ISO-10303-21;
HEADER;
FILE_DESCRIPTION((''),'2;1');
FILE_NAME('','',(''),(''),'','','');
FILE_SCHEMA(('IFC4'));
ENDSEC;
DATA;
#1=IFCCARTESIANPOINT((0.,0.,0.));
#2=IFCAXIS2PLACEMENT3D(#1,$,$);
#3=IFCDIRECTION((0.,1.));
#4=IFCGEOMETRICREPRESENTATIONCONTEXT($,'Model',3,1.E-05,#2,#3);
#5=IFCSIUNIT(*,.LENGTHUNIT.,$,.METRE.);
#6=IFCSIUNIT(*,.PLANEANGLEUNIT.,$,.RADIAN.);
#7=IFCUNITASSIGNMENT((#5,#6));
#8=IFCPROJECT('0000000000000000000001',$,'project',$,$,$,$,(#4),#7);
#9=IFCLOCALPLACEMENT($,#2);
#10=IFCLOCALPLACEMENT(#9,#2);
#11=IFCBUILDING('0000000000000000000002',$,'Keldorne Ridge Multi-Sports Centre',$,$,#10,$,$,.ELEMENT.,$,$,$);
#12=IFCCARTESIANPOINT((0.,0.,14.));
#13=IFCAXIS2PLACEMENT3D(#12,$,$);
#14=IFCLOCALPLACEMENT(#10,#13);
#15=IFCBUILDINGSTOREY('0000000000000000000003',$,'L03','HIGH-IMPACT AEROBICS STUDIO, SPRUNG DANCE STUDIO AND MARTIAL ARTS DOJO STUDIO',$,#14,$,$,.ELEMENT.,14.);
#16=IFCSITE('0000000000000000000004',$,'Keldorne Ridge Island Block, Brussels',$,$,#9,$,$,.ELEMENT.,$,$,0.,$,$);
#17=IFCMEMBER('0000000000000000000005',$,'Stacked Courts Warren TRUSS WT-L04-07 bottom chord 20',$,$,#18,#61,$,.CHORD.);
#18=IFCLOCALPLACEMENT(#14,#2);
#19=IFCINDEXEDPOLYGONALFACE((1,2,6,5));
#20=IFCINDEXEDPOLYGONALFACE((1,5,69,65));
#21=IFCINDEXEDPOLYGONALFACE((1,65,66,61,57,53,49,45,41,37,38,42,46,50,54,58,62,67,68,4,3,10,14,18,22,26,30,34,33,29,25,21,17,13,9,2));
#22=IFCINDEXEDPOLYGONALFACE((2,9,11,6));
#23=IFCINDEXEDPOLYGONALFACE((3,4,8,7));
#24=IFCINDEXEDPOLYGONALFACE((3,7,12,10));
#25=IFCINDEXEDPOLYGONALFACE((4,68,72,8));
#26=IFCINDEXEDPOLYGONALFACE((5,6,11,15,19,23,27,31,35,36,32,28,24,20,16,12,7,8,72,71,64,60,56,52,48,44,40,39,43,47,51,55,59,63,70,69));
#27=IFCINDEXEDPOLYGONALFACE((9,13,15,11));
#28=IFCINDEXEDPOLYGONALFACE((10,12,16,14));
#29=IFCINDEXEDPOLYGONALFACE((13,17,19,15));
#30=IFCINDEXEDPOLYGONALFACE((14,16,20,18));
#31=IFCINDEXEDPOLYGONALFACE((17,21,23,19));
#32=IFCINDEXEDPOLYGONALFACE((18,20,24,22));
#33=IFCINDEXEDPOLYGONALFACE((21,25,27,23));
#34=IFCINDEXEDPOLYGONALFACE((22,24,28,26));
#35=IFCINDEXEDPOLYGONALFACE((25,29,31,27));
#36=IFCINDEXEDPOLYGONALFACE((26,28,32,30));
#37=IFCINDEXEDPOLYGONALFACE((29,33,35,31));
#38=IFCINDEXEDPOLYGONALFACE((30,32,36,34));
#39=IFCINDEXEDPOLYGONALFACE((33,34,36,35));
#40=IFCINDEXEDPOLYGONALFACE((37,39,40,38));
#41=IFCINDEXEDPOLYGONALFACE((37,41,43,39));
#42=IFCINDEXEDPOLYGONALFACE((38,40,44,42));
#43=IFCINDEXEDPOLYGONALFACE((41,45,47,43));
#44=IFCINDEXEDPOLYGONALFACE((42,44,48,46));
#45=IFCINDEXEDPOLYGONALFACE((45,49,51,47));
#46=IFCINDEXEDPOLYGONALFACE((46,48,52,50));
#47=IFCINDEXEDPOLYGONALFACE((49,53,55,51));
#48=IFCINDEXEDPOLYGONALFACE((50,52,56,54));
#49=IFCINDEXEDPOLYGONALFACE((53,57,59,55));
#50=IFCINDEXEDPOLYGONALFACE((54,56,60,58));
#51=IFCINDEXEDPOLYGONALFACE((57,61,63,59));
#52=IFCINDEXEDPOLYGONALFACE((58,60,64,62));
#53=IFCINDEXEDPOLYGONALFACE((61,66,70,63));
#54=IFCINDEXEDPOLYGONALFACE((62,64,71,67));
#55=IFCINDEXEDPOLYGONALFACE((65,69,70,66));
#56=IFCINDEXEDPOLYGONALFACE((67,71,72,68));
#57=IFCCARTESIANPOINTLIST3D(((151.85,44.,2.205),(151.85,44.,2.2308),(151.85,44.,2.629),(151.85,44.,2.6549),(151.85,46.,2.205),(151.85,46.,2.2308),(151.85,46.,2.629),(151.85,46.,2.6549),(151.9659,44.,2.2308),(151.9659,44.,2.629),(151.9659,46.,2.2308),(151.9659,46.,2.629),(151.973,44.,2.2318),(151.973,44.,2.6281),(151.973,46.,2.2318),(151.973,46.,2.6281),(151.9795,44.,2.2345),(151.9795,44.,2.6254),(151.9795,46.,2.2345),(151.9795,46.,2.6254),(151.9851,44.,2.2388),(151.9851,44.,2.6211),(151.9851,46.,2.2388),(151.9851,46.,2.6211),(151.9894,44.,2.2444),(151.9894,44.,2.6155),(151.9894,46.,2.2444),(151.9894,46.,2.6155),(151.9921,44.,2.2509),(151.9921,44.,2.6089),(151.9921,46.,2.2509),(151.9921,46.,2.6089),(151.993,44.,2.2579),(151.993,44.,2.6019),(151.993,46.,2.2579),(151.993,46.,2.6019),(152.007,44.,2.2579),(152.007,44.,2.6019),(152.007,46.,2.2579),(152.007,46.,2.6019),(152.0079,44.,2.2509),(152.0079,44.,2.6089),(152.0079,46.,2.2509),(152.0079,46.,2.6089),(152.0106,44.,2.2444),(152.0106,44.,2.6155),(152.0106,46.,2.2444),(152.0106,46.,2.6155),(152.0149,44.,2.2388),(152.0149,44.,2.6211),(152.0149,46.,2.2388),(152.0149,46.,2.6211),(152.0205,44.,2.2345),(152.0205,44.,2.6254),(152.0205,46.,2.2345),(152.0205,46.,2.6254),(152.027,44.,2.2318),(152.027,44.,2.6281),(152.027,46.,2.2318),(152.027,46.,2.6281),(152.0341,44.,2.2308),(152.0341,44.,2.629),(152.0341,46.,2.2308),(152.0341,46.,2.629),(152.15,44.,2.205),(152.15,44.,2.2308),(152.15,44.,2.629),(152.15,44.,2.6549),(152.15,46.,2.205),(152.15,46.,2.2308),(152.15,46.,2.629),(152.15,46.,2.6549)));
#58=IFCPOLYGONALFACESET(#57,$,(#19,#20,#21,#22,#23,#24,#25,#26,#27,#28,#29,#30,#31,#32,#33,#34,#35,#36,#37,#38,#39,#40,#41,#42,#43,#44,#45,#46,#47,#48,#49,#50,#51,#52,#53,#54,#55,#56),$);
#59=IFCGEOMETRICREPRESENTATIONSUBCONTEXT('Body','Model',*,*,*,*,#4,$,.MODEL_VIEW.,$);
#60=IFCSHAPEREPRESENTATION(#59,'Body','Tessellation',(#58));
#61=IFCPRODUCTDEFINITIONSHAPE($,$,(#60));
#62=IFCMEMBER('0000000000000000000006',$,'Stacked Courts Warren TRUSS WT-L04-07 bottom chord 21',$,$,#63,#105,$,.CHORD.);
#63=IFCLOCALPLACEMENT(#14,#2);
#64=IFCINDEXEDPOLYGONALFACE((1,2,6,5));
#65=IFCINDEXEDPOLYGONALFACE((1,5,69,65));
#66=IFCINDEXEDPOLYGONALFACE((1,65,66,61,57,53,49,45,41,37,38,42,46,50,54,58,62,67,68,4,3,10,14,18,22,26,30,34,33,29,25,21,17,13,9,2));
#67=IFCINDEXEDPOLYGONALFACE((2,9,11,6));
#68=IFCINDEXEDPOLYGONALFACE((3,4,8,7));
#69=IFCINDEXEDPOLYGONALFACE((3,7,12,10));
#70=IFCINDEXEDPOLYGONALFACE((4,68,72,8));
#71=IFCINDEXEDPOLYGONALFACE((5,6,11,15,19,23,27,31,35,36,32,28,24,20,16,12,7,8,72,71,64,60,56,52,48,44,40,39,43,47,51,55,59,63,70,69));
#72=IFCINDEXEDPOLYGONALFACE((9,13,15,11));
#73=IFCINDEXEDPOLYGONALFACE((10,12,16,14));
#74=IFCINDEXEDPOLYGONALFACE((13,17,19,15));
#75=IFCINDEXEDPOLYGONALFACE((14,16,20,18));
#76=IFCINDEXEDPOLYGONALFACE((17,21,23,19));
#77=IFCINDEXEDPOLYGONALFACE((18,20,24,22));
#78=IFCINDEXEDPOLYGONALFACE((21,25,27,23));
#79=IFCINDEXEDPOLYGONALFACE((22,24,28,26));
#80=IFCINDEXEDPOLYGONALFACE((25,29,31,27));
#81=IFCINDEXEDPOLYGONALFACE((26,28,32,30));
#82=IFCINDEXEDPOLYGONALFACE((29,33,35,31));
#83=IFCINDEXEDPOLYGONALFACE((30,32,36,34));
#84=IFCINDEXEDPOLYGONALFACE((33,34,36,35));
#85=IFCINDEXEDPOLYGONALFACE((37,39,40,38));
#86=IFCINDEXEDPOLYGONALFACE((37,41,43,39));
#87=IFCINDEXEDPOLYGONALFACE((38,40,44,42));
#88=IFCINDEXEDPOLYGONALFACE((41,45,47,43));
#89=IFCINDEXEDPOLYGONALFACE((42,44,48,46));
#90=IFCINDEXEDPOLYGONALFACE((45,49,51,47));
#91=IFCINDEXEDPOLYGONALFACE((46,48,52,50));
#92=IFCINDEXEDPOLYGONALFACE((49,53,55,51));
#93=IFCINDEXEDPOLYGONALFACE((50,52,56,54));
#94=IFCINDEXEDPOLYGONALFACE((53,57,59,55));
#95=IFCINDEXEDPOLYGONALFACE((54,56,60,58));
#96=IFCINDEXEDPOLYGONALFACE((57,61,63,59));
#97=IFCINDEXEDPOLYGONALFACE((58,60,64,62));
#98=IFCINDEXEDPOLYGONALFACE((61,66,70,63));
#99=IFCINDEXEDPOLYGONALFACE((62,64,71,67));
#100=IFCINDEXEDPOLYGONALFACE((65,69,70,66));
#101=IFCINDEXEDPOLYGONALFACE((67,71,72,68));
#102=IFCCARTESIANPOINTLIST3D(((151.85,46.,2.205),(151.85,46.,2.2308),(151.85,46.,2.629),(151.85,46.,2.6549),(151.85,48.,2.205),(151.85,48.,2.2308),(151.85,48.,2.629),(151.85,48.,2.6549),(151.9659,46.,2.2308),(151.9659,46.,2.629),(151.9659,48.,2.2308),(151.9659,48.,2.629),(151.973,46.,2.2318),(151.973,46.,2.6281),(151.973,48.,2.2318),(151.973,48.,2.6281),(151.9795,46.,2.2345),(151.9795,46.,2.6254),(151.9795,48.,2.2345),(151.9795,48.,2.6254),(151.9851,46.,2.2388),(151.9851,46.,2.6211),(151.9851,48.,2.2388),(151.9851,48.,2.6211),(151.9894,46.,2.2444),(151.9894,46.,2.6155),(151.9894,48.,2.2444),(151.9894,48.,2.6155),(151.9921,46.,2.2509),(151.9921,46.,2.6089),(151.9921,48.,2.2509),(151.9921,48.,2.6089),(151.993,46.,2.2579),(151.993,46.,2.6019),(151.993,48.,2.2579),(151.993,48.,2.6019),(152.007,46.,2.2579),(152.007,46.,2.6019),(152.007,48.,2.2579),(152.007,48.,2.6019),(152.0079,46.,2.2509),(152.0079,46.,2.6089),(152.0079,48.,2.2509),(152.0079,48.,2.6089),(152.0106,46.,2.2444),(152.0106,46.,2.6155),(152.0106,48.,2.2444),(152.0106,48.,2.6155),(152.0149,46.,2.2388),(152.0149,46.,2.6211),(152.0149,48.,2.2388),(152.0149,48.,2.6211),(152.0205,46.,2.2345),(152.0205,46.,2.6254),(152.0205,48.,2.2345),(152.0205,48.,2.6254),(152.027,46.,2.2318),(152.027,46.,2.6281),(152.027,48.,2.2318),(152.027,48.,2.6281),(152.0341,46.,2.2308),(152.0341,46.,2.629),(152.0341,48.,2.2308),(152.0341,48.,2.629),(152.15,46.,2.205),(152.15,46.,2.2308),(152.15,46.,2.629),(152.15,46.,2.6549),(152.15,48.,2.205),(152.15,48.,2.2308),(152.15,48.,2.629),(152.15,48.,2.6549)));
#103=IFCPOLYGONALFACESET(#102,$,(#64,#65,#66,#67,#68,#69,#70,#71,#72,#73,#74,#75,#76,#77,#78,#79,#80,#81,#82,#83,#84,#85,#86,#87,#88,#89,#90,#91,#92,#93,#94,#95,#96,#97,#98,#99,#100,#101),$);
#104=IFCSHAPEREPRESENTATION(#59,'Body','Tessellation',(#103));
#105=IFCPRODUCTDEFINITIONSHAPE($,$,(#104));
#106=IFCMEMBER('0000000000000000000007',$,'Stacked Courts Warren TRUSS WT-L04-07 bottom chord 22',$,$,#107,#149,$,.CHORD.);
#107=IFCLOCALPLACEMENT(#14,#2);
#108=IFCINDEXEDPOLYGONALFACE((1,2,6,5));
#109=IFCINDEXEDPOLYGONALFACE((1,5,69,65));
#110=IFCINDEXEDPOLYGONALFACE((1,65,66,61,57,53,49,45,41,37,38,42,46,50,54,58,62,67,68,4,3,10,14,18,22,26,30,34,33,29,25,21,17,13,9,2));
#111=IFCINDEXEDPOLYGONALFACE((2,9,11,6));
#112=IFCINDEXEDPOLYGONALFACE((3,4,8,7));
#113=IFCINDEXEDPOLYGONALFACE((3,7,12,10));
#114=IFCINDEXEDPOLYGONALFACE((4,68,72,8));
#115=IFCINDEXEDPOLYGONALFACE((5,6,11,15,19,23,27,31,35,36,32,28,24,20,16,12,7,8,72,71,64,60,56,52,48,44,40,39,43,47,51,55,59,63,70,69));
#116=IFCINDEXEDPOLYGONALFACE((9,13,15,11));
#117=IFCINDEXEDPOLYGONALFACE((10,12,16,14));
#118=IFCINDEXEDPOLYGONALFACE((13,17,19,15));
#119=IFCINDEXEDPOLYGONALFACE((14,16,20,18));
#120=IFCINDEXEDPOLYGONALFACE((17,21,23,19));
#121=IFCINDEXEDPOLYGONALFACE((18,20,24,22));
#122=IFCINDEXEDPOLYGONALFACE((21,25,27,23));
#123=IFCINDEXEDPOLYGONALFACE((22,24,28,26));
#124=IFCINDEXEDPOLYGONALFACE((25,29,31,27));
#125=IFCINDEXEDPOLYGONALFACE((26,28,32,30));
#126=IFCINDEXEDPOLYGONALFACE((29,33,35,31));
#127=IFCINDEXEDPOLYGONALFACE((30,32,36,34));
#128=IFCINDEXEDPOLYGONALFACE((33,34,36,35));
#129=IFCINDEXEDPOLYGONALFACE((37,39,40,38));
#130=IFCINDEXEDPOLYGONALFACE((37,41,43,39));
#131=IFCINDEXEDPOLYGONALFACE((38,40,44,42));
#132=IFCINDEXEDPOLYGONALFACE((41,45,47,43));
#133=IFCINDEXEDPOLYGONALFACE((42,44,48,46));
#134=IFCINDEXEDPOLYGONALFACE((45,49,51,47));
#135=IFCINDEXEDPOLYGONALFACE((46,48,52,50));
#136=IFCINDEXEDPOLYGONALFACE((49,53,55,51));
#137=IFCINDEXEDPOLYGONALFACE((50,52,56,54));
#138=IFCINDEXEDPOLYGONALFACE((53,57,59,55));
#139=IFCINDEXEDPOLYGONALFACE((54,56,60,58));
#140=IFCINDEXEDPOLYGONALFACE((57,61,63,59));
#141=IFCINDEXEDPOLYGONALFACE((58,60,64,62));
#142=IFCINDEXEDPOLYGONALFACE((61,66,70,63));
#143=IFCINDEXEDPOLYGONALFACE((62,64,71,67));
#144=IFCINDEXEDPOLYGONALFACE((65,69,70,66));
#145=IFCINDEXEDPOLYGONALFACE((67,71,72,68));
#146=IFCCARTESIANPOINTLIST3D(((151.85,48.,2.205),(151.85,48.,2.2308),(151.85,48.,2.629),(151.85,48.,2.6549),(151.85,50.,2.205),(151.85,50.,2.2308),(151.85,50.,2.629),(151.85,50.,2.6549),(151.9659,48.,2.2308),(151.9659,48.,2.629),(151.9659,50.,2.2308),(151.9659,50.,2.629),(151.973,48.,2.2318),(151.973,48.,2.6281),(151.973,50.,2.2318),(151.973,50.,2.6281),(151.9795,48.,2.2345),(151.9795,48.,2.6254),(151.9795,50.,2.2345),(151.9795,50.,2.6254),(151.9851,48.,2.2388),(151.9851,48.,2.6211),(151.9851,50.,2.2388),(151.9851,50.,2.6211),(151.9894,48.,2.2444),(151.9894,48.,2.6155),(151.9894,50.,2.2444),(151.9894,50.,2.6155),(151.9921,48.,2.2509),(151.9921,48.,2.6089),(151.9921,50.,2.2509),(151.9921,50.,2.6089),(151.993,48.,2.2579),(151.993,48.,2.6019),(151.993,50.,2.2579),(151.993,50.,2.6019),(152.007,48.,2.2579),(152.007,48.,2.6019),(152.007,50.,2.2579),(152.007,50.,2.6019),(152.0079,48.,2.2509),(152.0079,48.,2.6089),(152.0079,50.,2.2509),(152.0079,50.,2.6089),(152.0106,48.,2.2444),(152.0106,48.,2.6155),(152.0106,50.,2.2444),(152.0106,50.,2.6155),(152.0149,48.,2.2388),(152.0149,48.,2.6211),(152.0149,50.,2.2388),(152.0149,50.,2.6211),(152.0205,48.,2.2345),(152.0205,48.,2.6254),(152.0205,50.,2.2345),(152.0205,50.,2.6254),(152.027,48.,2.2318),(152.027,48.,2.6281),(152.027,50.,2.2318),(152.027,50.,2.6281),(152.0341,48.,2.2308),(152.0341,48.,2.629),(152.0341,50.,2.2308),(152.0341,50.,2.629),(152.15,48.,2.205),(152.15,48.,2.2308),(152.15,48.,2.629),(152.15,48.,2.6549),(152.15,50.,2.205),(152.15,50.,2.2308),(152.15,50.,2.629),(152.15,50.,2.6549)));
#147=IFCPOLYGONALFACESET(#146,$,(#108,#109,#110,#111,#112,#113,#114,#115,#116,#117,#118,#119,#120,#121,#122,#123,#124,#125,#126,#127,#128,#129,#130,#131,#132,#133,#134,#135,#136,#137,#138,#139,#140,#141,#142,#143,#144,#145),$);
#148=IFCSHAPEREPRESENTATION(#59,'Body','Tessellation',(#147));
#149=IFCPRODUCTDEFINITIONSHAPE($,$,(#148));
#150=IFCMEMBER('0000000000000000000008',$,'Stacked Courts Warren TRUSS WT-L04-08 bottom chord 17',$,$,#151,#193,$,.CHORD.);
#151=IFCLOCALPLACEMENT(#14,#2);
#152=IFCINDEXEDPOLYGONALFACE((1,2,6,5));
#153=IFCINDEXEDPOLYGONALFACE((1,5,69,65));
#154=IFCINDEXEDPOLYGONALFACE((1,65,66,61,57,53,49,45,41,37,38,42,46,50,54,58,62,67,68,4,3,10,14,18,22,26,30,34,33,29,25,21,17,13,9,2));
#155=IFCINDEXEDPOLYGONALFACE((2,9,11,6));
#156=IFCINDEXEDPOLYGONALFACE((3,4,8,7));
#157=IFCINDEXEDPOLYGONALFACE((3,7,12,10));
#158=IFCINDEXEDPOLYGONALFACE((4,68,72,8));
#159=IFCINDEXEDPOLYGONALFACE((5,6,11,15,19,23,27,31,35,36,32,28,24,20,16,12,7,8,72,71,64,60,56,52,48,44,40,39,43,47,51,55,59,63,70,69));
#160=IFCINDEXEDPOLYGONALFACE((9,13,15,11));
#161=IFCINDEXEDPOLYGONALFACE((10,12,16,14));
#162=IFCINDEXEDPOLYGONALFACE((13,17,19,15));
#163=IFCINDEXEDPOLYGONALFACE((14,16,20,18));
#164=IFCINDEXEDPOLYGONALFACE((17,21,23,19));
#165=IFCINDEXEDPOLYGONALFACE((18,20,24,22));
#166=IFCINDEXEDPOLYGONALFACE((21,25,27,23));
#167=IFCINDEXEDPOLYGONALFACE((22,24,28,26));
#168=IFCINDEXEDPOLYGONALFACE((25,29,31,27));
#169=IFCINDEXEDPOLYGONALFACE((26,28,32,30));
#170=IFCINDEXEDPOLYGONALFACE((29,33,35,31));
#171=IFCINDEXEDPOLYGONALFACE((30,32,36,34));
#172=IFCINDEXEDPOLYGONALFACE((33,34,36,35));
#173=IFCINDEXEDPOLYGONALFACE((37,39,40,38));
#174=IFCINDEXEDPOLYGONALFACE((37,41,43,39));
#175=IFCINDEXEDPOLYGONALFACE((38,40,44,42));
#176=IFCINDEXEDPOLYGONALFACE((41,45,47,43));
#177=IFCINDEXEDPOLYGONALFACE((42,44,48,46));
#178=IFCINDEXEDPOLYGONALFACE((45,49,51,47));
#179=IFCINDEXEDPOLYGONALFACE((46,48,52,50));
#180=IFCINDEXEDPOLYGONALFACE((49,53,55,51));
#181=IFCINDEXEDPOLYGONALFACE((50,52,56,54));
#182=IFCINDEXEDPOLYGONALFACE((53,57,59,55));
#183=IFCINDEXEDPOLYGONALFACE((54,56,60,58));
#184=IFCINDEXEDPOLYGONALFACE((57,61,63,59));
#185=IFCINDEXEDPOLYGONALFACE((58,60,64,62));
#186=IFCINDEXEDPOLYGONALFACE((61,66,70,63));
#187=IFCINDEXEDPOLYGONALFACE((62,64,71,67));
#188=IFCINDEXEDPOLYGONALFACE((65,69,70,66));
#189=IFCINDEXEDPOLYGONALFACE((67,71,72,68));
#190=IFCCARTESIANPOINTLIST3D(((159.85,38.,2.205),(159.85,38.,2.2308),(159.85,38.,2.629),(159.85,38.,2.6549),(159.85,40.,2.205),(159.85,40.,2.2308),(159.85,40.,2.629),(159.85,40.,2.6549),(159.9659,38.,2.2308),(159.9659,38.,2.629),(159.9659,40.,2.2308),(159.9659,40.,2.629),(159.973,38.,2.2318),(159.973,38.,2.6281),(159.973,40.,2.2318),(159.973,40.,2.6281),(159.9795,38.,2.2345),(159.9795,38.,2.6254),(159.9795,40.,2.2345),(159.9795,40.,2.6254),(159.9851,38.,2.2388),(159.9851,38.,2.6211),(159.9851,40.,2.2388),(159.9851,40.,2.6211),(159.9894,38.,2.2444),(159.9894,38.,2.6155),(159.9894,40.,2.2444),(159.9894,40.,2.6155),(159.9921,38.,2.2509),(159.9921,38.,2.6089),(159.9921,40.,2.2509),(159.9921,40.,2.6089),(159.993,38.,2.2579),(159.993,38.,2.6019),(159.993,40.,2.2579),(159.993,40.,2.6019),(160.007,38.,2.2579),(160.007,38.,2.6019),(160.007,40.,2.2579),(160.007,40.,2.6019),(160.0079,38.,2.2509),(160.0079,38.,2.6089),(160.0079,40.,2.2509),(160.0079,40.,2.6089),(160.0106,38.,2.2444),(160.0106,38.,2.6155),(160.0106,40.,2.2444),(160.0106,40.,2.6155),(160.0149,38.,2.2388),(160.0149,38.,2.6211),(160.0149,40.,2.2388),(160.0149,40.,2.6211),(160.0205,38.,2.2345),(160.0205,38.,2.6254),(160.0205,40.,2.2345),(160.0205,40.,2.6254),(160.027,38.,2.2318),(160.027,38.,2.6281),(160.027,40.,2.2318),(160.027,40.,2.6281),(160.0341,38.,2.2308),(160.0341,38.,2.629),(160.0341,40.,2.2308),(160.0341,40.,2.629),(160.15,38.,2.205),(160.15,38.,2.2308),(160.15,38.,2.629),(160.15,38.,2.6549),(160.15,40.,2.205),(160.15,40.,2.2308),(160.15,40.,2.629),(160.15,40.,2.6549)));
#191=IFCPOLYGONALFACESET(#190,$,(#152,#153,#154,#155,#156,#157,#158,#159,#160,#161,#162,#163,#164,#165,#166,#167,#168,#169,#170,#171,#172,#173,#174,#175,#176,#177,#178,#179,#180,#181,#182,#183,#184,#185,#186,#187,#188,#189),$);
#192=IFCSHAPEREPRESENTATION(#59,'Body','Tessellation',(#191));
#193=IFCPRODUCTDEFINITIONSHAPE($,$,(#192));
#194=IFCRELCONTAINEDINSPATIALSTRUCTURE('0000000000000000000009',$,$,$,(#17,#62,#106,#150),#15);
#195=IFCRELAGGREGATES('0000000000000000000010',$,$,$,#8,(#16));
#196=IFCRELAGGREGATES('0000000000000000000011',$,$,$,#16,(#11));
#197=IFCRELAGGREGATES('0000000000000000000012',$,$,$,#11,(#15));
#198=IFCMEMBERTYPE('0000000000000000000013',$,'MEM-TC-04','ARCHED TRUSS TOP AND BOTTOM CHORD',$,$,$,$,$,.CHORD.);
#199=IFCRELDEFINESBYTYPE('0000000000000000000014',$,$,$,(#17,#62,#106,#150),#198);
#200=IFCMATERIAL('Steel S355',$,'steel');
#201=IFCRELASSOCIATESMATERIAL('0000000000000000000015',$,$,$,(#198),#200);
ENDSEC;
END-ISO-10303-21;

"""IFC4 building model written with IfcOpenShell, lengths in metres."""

from ifc_helpers import new_model, si_unit, direction, frame, origin, origin_2d, place, context, subcontext, project, spatial, i_section, extrude, material, material_profile, profile_set, type_object, element, save


model = new_model("IFC4")

# Units and contexts
model_context = context("Model", 3, precision=1e-05, world=origin(), true_north=direction((0.0, 1.0)))
body_context = subcontext(model_context, "Body", "Model", "MODEL_VIEW")
ifc_project = project(units=[si_unit("LENGTHUNIT", "METRE"), si_unit("PLANEANGLEUNIT", "RADIAN")], contexts=[model_context])

# Site, building, storey
site_placement = place(None, origin())
site = spatial("IfcSite", under=ifc_project, at=site_placement, Name="Keldorne Ridge Island Block, Brussels", CompositionType="ELEMENT", RefElevation=0.0)
building_placement = place(site_placement, origin())
building = spatial("IfcBuilding", under=site, at=building_placement, Name="Keldorne Ridge Multi-Sports Centre", CompositionType="ELEMENT")
storey_placement = place(building_placement, frame((0.0, 0.0, 14.0)))
storey = spatial("IfcBuildingStorey", under=building, at=storey_placement, Name="L03", Description="HIGH-IMPACT AEROBICS STUDIO, SPRUNG DANCE STUDIO AND MARTIAL ARTS DOJO STUDIO", CompositionType="ELEMENT", Elevation=14.0)

# Members
ifc_material = material(Name="Steel S355", Category="steel")
ifc_material_profile_1 = material_profile(ifc_material, i_section(OverallWidth=0.3, OverallDepth=0.45, WebThickness=0.0139, FlangeThickness=0.0259, FilletRadius=0.0271, at=origin_2d()), Name="HEB 450")
ifc_profile_set_1 = profile_set([ifc_material_profile_1], Name="Steel S355")
member_type_1 = type_object("IfcMemberType", Name="MEM-TC-04", Description="ARCHED TRUSS TOP AND BOTTOM CHORD", PredefinedType="CHORD", material=ifc_profile_set_1)
for number, where, z_axis, x_axis, name in (
    (1, (152.0, 44.0, 2.4299), (0.0, 1.0, 0.0), (-1.0, 0.0, 0.0), "Stacked Courts Warren TRUSS WT-L04-07 bottom chord 20"),
    (2, (152.0, 46.0, 2.4299), (0.0, 1.0, 0.0), (-1.0, 0.0, 0.0), "Stacked Courts Warren TRUSS WT-L04-07 bottom chord 21"),
    (3, (152.0, 48.0, 2.4299), (0.0, 1.0, 0.0), (-1.0, 0.0, 0.0), "Stacked Courts Warren TRUSS WT-L04-07 bottom chord 22"),
    (4, (160.0, 38.0, 2.4299), (0.0, 1.0, 0.0), (-1.0, 0.0, 0.0), "Stacked Courts Warren TRUSS WT-L04-08 bottom chord 17"),
):
    element("IfcMember", number, at=place(storey_placement, frame(where, z_axis=z_axis, x_axis=x_axis)), inside=storey, type_object=member_type_1, Name=name, PredefinedType="CHORD", context=body_context, shape_type="SweptSolid", body=[
        extrude(i_section(OverallWidth=0.3, OverallDepth=0.45, WebThickness=0.0139, FlangeThickness=0.0259, FilletRadius=0.0271, at=origin_2d()), origin(), (0.0, 0.0, 1.0), 2.0),
    ])

save(model, "model.ifc")
